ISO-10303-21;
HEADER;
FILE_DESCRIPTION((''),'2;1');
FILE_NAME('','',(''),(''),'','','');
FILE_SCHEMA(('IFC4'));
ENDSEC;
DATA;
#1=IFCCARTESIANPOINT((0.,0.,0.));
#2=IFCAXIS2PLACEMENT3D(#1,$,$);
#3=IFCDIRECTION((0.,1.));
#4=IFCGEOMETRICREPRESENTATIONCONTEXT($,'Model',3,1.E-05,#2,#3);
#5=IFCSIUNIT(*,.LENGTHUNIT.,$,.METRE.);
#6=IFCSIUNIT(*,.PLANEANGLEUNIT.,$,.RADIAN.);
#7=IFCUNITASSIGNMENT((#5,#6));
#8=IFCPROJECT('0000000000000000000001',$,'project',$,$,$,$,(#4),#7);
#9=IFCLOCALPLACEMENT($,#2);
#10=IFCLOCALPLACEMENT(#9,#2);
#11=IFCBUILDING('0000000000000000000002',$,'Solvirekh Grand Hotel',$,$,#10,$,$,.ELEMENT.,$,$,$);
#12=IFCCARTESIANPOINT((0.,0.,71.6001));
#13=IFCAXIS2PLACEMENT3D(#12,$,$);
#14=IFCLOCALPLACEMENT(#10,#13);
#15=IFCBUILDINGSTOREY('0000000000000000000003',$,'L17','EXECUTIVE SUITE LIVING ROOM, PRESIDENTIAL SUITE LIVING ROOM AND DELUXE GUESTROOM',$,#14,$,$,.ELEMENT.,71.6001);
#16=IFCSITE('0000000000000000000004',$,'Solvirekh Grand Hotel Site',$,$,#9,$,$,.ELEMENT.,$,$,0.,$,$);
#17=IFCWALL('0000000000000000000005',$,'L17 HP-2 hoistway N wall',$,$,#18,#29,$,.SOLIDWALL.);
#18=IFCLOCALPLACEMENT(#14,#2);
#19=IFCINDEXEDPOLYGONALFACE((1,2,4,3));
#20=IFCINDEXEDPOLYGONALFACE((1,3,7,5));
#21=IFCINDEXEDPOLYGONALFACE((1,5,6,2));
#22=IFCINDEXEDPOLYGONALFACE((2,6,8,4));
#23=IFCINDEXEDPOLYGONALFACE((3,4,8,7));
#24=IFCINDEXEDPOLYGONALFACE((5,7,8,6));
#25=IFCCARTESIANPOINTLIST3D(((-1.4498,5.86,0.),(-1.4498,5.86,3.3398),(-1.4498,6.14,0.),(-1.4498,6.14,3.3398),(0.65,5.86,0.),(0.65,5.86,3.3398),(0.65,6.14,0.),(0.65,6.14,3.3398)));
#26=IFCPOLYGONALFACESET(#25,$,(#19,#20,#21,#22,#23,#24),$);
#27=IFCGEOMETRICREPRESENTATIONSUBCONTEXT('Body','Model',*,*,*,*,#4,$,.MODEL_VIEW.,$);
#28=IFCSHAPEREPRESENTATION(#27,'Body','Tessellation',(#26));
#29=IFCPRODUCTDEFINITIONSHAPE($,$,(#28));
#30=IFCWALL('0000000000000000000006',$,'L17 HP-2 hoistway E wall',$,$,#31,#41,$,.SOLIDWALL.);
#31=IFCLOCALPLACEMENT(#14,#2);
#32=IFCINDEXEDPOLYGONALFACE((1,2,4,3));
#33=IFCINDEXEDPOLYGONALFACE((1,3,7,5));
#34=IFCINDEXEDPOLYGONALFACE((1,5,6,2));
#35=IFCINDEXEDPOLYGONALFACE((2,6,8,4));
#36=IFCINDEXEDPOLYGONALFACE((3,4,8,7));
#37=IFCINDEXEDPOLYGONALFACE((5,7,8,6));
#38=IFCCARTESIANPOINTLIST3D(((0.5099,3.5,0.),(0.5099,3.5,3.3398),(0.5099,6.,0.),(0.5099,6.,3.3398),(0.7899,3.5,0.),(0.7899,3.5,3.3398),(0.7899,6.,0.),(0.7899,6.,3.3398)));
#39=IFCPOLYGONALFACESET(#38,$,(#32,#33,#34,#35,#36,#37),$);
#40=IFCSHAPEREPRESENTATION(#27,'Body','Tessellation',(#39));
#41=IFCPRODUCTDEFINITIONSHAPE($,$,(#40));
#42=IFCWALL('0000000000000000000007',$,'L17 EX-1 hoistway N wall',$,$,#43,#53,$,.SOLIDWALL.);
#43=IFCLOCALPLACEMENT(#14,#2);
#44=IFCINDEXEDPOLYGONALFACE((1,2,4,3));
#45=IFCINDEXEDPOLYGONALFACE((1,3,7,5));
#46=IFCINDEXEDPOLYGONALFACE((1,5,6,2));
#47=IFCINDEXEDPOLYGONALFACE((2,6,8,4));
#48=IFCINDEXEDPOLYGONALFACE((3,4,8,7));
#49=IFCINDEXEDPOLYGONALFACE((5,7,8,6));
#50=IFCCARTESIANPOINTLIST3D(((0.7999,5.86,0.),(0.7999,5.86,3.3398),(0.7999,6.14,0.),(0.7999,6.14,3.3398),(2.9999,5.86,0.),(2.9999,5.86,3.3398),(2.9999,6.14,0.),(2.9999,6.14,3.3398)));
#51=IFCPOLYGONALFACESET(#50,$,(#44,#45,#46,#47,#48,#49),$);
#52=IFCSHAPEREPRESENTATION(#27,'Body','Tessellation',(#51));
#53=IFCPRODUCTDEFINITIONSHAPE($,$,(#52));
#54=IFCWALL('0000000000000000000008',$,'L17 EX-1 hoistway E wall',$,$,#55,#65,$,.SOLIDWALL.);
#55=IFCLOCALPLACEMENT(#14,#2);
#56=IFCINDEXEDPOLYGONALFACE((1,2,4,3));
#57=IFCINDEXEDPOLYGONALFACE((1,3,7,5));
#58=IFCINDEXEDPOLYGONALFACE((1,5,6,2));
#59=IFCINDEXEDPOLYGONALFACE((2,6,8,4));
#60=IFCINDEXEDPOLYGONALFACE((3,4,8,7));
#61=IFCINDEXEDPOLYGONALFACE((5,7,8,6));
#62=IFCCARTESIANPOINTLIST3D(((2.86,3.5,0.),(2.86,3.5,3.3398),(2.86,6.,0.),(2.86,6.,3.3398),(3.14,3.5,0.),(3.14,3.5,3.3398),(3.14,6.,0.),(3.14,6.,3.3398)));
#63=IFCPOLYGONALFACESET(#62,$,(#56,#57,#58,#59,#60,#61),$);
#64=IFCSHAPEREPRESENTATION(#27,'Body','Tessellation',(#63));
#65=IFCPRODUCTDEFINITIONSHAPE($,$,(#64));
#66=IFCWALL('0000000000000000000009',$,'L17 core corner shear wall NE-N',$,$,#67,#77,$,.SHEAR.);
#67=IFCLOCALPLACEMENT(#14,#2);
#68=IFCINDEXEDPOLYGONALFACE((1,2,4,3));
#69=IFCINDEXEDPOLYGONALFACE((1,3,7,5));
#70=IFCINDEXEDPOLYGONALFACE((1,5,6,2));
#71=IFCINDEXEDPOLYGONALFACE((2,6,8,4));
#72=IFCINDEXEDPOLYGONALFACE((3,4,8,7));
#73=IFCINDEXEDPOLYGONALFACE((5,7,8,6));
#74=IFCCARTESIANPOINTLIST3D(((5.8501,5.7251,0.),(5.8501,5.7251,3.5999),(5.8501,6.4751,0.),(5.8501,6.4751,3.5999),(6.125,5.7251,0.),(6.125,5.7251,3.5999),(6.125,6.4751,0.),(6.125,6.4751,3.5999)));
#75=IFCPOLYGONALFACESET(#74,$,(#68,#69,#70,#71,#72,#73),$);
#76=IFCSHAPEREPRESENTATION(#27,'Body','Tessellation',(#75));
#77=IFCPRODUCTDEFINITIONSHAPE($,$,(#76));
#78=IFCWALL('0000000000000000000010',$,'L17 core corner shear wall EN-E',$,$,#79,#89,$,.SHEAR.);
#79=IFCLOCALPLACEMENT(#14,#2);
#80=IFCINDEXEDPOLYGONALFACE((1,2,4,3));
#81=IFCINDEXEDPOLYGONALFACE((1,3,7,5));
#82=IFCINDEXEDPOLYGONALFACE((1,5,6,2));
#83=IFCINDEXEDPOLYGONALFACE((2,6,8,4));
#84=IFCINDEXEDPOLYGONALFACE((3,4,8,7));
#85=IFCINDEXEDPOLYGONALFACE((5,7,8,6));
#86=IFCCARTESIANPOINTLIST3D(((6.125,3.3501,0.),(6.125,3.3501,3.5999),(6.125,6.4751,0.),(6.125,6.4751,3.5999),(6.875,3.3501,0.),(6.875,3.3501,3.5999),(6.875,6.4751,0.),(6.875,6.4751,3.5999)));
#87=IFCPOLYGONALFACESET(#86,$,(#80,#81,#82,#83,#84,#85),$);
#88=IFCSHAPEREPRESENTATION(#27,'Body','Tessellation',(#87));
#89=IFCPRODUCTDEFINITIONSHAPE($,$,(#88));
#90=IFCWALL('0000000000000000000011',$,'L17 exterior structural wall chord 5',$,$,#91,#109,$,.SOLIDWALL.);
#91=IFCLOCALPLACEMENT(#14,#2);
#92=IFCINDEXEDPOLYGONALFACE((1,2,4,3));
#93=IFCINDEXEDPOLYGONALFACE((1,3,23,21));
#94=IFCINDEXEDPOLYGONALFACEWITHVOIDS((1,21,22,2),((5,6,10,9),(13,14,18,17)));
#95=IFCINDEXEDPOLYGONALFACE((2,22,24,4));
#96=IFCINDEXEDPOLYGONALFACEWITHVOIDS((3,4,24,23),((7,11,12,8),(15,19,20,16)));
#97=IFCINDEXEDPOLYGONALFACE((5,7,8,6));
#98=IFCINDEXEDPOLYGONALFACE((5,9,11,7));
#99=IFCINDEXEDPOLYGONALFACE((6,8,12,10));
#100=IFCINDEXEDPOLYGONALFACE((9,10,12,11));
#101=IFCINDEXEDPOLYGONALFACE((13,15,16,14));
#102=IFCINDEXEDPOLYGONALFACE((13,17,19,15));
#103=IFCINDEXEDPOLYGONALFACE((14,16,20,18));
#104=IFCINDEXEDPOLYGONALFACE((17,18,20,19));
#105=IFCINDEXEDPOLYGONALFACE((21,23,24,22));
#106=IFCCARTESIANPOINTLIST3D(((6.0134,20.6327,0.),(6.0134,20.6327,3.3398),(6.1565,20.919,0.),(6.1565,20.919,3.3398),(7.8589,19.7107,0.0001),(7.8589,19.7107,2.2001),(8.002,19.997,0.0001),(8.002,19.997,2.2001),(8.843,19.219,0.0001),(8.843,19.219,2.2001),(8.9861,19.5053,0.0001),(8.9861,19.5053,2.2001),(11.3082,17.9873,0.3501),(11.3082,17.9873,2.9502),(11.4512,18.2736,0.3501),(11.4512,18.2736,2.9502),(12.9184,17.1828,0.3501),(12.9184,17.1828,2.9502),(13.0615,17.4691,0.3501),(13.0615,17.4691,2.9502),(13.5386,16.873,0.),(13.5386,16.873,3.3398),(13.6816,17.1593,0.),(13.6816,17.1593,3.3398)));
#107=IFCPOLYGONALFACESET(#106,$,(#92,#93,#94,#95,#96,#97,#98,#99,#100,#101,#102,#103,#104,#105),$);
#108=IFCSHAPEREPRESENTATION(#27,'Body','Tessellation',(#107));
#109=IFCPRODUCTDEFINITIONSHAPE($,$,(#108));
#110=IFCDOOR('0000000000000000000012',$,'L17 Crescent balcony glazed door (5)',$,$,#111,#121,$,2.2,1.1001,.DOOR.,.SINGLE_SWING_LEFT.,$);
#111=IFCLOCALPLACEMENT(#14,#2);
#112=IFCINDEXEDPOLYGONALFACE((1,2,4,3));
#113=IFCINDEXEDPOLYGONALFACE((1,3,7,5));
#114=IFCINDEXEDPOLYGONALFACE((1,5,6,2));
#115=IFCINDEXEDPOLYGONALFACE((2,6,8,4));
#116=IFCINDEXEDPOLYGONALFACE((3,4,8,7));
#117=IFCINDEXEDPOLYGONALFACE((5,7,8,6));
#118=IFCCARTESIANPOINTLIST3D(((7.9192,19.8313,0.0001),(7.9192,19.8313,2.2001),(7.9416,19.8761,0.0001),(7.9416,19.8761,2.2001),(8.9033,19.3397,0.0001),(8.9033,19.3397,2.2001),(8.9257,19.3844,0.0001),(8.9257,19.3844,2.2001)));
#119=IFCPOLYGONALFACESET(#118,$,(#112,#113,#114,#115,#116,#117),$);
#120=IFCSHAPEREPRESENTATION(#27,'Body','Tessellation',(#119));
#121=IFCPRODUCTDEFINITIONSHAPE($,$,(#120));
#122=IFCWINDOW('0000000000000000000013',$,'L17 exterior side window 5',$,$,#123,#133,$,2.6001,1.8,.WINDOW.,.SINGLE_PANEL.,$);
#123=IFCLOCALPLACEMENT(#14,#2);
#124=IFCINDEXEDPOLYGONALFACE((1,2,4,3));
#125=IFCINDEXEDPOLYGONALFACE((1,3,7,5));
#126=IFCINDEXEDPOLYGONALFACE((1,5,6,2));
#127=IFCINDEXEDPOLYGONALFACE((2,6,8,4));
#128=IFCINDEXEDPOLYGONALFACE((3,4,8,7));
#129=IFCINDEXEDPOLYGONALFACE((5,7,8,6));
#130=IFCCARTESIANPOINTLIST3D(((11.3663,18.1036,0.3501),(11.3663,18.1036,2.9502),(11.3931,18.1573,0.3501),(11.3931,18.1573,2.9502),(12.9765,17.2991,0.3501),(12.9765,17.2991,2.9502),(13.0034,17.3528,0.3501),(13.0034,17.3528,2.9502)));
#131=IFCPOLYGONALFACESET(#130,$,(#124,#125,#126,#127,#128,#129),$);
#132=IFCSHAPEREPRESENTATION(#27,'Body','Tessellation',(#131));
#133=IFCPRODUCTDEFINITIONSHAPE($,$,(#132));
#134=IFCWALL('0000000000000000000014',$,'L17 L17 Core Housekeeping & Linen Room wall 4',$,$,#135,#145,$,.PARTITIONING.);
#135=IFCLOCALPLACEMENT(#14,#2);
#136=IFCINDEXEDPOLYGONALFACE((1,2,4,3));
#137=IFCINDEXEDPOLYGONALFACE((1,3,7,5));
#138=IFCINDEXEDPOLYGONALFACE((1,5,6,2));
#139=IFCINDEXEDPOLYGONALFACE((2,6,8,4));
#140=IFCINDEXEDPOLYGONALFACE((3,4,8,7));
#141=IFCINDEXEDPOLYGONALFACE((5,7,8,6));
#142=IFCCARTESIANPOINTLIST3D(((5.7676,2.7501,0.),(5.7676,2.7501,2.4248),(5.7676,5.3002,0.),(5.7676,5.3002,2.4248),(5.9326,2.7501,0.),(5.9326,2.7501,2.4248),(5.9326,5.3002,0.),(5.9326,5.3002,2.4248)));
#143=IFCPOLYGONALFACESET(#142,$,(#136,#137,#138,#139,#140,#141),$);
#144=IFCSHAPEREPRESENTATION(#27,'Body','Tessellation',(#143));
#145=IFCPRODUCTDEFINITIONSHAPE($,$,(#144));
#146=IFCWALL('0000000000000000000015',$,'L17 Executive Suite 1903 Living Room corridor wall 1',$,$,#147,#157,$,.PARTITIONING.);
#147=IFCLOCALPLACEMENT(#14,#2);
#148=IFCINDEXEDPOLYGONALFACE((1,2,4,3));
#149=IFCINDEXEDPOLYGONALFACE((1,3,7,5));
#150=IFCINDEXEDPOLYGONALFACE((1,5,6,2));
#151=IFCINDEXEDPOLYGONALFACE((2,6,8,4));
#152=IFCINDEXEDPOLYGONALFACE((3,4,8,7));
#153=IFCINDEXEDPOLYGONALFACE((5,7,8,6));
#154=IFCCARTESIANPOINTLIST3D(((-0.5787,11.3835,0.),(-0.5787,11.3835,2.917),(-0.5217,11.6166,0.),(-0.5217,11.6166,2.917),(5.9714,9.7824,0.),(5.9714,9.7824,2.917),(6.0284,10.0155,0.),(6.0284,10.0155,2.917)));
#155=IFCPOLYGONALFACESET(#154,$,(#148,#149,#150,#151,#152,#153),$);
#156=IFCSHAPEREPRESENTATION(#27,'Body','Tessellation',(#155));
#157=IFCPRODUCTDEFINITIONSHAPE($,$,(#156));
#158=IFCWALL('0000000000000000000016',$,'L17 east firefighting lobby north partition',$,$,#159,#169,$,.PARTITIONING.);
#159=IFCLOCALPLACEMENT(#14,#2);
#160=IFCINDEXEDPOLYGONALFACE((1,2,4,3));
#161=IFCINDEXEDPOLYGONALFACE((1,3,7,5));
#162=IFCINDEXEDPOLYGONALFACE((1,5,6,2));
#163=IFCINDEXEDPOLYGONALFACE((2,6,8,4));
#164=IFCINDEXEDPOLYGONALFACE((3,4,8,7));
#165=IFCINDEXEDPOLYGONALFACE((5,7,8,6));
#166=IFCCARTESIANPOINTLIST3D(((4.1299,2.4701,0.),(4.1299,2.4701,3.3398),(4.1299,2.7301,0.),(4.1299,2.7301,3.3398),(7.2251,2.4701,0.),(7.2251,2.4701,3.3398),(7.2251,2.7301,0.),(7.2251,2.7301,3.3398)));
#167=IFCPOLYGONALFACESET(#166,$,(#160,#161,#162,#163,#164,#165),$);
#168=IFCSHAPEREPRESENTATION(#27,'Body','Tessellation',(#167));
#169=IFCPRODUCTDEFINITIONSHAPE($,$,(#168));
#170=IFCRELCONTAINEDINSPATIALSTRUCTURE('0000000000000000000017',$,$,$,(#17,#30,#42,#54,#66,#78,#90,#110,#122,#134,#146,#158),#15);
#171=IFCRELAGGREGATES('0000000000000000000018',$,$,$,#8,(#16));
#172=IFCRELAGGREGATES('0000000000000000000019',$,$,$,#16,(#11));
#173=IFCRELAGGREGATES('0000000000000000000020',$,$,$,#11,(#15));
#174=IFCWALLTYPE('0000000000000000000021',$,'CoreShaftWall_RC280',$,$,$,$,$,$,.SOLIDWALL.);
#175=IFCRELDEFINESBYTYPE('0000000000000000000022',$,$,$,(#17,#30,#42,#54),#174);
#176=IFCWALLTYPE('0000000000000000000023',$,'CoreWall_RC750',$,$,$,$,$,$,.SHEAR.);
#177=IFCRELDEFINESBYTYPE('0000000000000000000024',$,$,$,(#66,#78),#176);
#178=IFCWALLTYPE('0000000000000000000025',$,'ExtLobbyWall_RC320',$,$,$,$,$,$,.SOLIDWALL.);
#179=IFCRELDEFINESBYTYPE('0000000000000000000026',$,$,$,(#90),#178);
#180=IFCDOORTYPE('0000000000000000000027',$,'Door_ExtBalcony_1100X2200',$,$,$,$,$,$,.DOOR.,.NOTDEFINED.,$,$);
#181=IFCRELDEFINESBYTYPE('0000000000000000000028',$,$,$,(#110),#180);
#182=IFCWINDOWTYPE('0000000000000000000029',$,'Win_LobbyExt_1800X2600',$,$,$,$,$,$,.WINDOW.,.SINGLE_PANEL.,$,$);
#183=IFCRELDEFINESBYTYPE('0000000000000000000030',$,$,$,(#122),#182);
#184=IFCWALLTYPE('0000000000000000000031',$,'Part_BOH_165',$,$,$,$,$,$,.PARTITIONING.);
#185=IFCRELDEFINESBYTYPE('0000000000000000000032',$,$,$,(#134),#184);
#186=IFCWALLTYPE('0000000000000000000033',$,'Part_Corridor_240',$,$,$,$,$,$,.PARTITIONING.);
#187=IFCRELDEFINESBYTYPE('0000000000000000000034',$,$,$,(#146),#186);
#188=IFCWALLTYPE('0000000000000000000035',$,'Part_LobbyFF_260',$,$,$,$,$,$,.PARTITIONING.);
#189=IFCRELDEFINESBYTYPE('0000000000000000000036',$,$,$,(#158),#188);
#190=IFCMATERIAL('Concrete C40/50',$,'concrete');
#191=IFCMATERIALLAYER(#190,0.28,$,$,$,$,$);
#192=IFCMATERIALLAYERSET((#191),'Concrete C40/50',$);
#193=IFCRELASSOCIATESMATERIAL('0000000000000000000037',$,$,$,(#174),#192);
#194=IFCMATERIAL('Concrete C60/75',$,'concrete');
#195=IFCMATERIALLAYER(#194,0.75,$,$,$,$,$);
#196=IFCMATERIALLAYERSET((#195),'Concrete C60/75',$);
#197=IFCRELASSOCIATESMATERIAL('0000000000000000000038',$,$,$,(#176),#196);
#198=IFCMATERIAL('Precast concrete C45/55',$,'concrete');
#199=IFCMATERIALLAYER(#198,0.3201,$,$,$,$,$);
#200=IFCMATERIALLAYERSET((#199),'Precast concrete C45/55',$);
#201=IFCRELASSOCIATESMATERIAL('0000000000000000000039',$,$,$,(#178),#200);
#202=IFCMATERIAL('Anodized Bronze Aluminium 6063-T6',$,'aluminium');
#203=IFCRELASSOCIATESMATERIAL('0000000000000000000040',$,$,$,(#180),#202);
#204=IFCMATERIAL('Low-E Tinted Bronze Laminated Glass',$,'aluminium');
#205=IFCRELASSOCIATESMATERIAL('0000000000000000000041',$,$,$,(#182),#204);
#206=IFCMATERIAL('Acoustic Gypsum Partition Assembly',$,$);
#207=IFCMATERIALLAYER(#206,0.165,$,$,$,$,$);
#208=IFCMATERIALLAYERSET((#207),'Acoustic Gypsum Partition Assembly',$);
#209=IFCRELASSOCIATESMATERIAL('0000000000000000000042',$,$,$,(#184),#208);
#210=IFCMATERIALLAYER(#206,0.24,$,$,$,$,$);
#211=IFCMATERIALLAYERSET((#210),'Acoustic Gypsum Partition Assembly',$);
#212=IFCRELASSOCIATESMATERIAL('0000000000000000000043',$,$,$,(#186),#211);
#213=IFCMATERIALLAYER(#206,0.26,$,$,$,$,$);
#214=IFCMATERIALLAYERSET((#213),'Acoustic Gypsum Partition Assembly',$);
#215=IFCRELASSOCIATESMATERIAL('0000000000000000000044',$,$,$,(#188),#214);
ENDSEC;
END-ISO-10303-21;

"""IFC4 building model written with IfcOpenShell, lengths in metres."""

from ifc_helpers import new_model, si_unit, direction, frame, frame_2d, origin, place, context, subcontext, project, spatial, rectangle, extrude, material, layer, layer_set, type_object, element, fill, save


model = new_model("IFC4")

# Units and contexts
model_context = context("Model", 3, precision=1e-05, world=origin(), true_north=direction((0.0, 1.0)))
body_context = subcontext(model_context, "Body", "Model", "MODEL_VIEW")
ifc_project = project(units=[si_unit("LENGTHUNIT", "METRE"), si_unit("PLANEANGLEUNIT", "RADIAN")], contexts=[model_context])

# Site, building, storey
site_placement = place(None, origin())
site = spatial("IfcSite", under=ifc_project, at=site_placement, Name="Solvirekh Grand Hotel Site", CompositionType="ELEMENT", RefElevation=0.0)
building_placement = place(site_placement, origin())
building = spatial("IfcBuilding", under=site, at=building_placement, Name="Solvirekh Grand Hotel", CompositionType="ELEMENT")
storey_placement = place(building_placement, frame((0.0, 0.0, 71.6001)))
storey = spatial("IfcBuildingStorey", under=building, at=storey_placement, Name="L17", Description="EXECUTIVE SUITE LIVING ROOM, PRESIDENTIAL SUITE LIVING ROOM AND DELUXE GUESTROOM", CompositionType="ELEMENT", Elevation=71.6001)

# Shared definitions
ifc_material_1 = material(Name="Concrete C60/75", Category="concrete")

# Shared definitions
ifc_material_2 = material(Name="Concrete C40/50", Category="concrete")

# Walls
ifc_layer_1 = layer(ifc_material_2, 0.28)
ifc_layer_set_1 = layer_set([ifc_layer_1], Name="Concrete C40/50")
wall_type_1 = type_object("IfcWallType", Name="CoreShaftWall_RC280", PredefinedType="SOLIDWALL", material=ifc_layer_set_1)
wall_1_placement = place(storey_placement, frame((0.6499, 6.0, 0.0), z_axis=(0.0, 0.0, 1.0), x_axis=(-1.0, 0.0, 0.0)))
element("IfcWall", 1, at=wall_1_placement, inside=storey, type_object=wall_type_1, Name="L17 HP-2 hoistway N wall", PredefinedType="SOLIDWALL", context=body_context, shape_type="SweptSolid", body=[
    extrude(rectangle(XDim=2.0999, YDim=0.28, at=frame_2d((1.0498, 0.0))), origin(), (0.0, 0.0, 1.0), 3.3398),
])
wall_2_placement = place(storey_placement, frame((0.6499, 3.5, 0.0), z_axis=(0.0, 0.0, 1.0), x_axis=(0.0, 1.0, 0.0)))
element("IfcWall", 2, at=wall_2_placement, inside=storey, type_object=wall_type_1, Name="L17 HP-2 hoistway E wall", PredefinedType="SOLIDWALL", context=body_context, shape_type="SweptSolid", body=[
    extrude(rectangle(XDim=2.5, YDim=0.28, at=frame_2d((1.25, 0.0))), origin(), (0.0, 0.0, 1.0), 3.3398),
])
wall_3_placement = place(storey_placement, frame((3.0, 6.0, 0.0), z_axis=(0.0, 0.0, 1.0), x_axis=(-1.0, 0.0, 0.0)))
element("IfcWall", 3, at=wall_3_placement, inside=storey, type_object=wall_type_1, Name="L17 EX-1 hoistway N wall", PredefinedType="SOLIDWALL", context=body_context, shape_type="SweptSolid", body=[
    extrude(rectangle(XDim=2.2, YDim=0.28, at=frame_2d((1.1001, 0.0))), origin(), (0.0, 0.0, 1.0), 3.3398),
])
wall_4_placement = place(storey_placement, frame((3.0, 3.5, 0.0), z_axis=(0.0, 0.0, 1.0), x_axis=(0.0, 1.0, 0.0)))
element("IfcWall", 4, at=wall_4_placement, inside=storey, type_object=wall_type_1, Name="L17 EX-1 hoistway E wall", PredefinedType="SOLIDWALL", context=body_context, shape_type="SweptSolid", body=[
    extrude(rectangle(XDim=2.5, YDim=0.28, at=frame_2d((1.25, 0.0))), origin(), (0.0, 0.0, 1.0), 3.3398),
])
ifc_layer_2 = layer(ifc_material_1, 0.75)
ifc_layer_set_2 = layer_set([ifc_layer_2], Name="Concrete C60/75")
wall_type_2 = type_object("IfcWallType", Name="CoreWall_RC750", PredefinedType="SHEAR", material=ifc_layer_set_2)
wall_5_placement = place(storey_placement, frame((5.8501, 6.1001, 0.0), z_axis=(0.0, 0.0, 1.0), x_axis=(1.0, 0.0, 0.0)))
element("IfcWall", 5, at=wall_5_placement, inside=storey, type_object=wall_type_2, Name="L17 core corner shear wall NE-N", PredefinedType="SHEAR", context=body_context, shape_type="SweptSolid", body=[
    extrude(rectangle(XDim=0.2749, YDim=0.75, at=frame_2d((0.1375, 0.0))), origin(), (0.0, 0.0, 1.0), 3.5999),
])
wall_6_placement = place(storey_placement, frame((6.5, 3.3501, 0.0), z_axis=(0.0, 0.0, 1.0), x_axis=(0.0, 1.0, 0.0)))
element("IfcWall", 6, at=wall_6_placement, inside=storey, type_object=wall_type_2, Name="L17 core corner shear wall EN-E", PredefinedType="SHEAR", context=body_context, shape_type="SweptSolid", body=[
    extrude(rectangle(XDim=3.125, YDim=0.75, at=frame_2d((1.5625, 0.0))), origin(), (0.0, 0.0, 1.0), 3.5999),
])

# Wall, openings, door, window
ifc_material_3 = material(Name="Precast concrete C45/55", Category="concrete")
ifc_layer_3 = layer(ifc_material_3, 0.3201)
ifc_layer_set_3 = layer_set([ifc_layer_3], Name="Precast concrete C45/55")
wall_type_3 = type_object("IfcWallType", Name="ExtLobbyWall_RC320", PredefinedType="SOLIDWALL", material=ifc_layer_set_3)
wall_7_placement = place(storey_placement, frame((6.085, 20.7759, 0.0), z_axis=(0.0, 0.0, 1.0), x_axis=(0.894561, -0.446947, 0.0)))
wall_7 = element("IfcWall", 7, at=wall_7_placement, inside=storey, type_object=wall_type_3, Name="L17 exterior structural wall chord 5", PredefinedType="SOLIDWALL", context=body_context, shape_type="SweptSolid", body=[
    extrude(rectangle(XDim=8.4121, YDim=0.3201, at=frame_2d((4.2061, 0.0))), origin(), (0.0, 0.0, 1.0), 3.3398),
])
opening_1_placement = place(wall_7_placement, frame((5.9189, 0.0, 0.3501)))
opening_1 = element("IfcOpeningElement", 8, at=opening_1_placement, cuts=wall_7, PredefinedType="OPENING", context=body_context, shape_type="SweptSolid", body=[
    extrude(rectangle(XDim=1.8, YDim=2.6001, at=frame_2d((0.8999, 1.3))), frame((0.0, 0.1699, 0.0), z_axis=(0.0, -1.0, 0.0), x_axis=(1.0, 0.0, 0.0)), (0.0, 0.0, 1.0), 0.3401),
])
opening_2_placement = place(wall_7_placement, frame((2.063, 0.0, 0.0)))
opening_2 = element("IfcOpeningElement", 9, at=opening_2_placement, cuts=wall_7, PredefinedType="OPENING", context=body_context, shape_type="SweptSolid", body=[
    extrude(rectangle(XDim=1.1001, YDim=2.2, at=frame_2d((0.55, 1.1001))), frame((0.0, 0.1699, 0.0), z_axis=(0.0, -1.0, 0.0), x_axis=(1.0, 0.0, 0.0)), (0.0, 0.0, 1.0), 0.3401),
])
ifc_material_4 = material(Name="Anodized Bronze Aluminium 6063-T6", Category="aluminium")
door_type = type_object("IfcDoorType", Name="Door_ExtBalcony_1100X2200", OperationType="NOTDEFINED", PredefinedType="DOOR", material=ifc_material_4)
door_placement = place(opening_2_placement, origin())
door = element("IfcDoor", 10, at=door_placement, inside=storey, type_object=door_type, Name="L17 Crescent balcony glazed door (5)", OperationType="SINGLE_SWING_LEFT", OverallHeight=2.2, OverallWidth=1.1001, PredefinedType="DOOR", context=body_context, shape_type="SweptSolid", body=[
    extrude(rectangle(XDim=1.1001, YDim=2.2, at=frame_2d((0.55, 1.1001))), frame((0.0, 0.0249, 0.0), z_axis=(0.0, -1.0, 0.0), x_axis=(1.0, 0.0, 0.0)), (0.0, 0.0, 1.0), 0.05),
])
fill(opening_2, door)
ifc_material_5 = material(Name="Low-E Tinted Bronze Laminated Glass", Category="aluminium")
window_type = type_object("IfcWindowType", Name="Win_LobbyExt_1800X2600", PartitioningType="SINGLE_PANEL", PredefinedType="WINDOW", material=ifc_material_5)
window_placement = place(opening_1_placement, origin())
window = element("IfcWindow", 11, at=window_placement, inside=storey, type_object=window_type, Name="L17 exterior side window 5", OverallHeight=2.6001, OverallWidth=1.8, PartitioningType="SINGLE_PANEL", PredefinedType="WINDOW", context=body_context, shape_type="SweptSolid", body=[
    extrude(rectangle(XDim=1.8, YDim=2.6001, at=frame_2d((0.8999, 1.3))), frame((0.0, 0.03, 0.0), z_axis=(0.0, -1.0, 0.0), x_axis=(1.0, 0.0, 0.0)), (0.0, 0.0, 1.0), 0.0601),
])
fill(opening_1, window)

# Walls
ifc_material_6 = material(Name="Acoustic Gypsum Partition Assembly")
ifc_layer_4 = layer(ifc_material_6, 0.165)
ifc_layer_set_4 = layer_set([ifc_layer_4], Name="Acoustic Gypsum Partition Assembly")
wall_type_4 = type_object("IfcWallType", Name="Part_BOH_165", PredefinedType="PARTITIONING", material=ifc_layer_set_4)
wall_8_placement = place(storey_placement, frame((5.8501, 5.3, 0.0), z_axis=(0.0, 0.0, 1.0), x_axis=(0.0, -1.0, 0.0)))
element("IfcWall", 12, at=wall_8_placement, inside=storey, type_object=wall_type_4, Name="L17 L17 Core Housekeeping & Linen Room wall 4", PredefinedType="PARTITIONING", context=body_context, shape_type="SweptSolid", body=[
    extrude(rectangle(XDim=2.55, YDim=0.165, at=frame_2d((1.2749, 0.0))), origin(), (0.0, 0.0, 1.0), 2.4248),
])
ifc_layer_5 = layer(ifc_material_6, 0.24)
ifc_layer_set_5 = layer_set([ifc_layer_5], Name="Acoustic Gypsum Partition Assembly")
wall_type_5 = type_object("IfcWallType", Name="Part_Corridor_240", PredefinedType="PARTITIONING", material=ifc_layer_set_5)
wall_9_placement = place(storey_placement, frame((6.0, 9.8989, 0.0), z_axis=(0.0, 0.0, 1.0), x_axis=(-0.971401, 0.237446, 0.0)))
element("IfcWall", 13, at=wall_9_placement, inside=storey, type_object=wall_type_5, Name="L17 Executive Suite 1903 Living Room corridor wall 1", PredefinedType="PARTITIONING", context=body_context, shape_type="SweptSolid", body=[
    extrude(rectangle(XDim=6.7429, YDim=0.24, at=frame_2d((3.3716, 0.0))), origin(), (0.0, 0.0, 1.0), 2.917),
])
ifc_layer_6 = layer(ifc_material_6, 0.26)
ifc_layer_set_6 = layer_set([ifc_layer_6], Name="Acoustic Gypsum Partition Assembly")
wall_type_6 = type_object("IfcWallType", Name="Part_LobbyFF_260", PredefinedType="PARTITIONING", material=ifc_layer_set_6)
wall_10_placement = place(storey_placement, frame((4.1299, 2.6001, 0.0), z_axis=(0.0, 0.0, 1.0), x_axis=(1.0, 0.0, 0.0)))
element("IfcWall", 14, at=wall_10_placement, inside=storey, type_object=wall_type_6, Name="L17 east firefighting lobby north partition", PredefinedType="PARTITIONING", context=body_context, shape_type="SweptSolid", body=[
    extrude(rectangle(XDim=3.0952, YDim=0.26, at=frame_2d((1.5476, 0.0))), origin(), (0.0, 0.0, 1.0), 3.3398),
])

save(model, "model.ifc")
